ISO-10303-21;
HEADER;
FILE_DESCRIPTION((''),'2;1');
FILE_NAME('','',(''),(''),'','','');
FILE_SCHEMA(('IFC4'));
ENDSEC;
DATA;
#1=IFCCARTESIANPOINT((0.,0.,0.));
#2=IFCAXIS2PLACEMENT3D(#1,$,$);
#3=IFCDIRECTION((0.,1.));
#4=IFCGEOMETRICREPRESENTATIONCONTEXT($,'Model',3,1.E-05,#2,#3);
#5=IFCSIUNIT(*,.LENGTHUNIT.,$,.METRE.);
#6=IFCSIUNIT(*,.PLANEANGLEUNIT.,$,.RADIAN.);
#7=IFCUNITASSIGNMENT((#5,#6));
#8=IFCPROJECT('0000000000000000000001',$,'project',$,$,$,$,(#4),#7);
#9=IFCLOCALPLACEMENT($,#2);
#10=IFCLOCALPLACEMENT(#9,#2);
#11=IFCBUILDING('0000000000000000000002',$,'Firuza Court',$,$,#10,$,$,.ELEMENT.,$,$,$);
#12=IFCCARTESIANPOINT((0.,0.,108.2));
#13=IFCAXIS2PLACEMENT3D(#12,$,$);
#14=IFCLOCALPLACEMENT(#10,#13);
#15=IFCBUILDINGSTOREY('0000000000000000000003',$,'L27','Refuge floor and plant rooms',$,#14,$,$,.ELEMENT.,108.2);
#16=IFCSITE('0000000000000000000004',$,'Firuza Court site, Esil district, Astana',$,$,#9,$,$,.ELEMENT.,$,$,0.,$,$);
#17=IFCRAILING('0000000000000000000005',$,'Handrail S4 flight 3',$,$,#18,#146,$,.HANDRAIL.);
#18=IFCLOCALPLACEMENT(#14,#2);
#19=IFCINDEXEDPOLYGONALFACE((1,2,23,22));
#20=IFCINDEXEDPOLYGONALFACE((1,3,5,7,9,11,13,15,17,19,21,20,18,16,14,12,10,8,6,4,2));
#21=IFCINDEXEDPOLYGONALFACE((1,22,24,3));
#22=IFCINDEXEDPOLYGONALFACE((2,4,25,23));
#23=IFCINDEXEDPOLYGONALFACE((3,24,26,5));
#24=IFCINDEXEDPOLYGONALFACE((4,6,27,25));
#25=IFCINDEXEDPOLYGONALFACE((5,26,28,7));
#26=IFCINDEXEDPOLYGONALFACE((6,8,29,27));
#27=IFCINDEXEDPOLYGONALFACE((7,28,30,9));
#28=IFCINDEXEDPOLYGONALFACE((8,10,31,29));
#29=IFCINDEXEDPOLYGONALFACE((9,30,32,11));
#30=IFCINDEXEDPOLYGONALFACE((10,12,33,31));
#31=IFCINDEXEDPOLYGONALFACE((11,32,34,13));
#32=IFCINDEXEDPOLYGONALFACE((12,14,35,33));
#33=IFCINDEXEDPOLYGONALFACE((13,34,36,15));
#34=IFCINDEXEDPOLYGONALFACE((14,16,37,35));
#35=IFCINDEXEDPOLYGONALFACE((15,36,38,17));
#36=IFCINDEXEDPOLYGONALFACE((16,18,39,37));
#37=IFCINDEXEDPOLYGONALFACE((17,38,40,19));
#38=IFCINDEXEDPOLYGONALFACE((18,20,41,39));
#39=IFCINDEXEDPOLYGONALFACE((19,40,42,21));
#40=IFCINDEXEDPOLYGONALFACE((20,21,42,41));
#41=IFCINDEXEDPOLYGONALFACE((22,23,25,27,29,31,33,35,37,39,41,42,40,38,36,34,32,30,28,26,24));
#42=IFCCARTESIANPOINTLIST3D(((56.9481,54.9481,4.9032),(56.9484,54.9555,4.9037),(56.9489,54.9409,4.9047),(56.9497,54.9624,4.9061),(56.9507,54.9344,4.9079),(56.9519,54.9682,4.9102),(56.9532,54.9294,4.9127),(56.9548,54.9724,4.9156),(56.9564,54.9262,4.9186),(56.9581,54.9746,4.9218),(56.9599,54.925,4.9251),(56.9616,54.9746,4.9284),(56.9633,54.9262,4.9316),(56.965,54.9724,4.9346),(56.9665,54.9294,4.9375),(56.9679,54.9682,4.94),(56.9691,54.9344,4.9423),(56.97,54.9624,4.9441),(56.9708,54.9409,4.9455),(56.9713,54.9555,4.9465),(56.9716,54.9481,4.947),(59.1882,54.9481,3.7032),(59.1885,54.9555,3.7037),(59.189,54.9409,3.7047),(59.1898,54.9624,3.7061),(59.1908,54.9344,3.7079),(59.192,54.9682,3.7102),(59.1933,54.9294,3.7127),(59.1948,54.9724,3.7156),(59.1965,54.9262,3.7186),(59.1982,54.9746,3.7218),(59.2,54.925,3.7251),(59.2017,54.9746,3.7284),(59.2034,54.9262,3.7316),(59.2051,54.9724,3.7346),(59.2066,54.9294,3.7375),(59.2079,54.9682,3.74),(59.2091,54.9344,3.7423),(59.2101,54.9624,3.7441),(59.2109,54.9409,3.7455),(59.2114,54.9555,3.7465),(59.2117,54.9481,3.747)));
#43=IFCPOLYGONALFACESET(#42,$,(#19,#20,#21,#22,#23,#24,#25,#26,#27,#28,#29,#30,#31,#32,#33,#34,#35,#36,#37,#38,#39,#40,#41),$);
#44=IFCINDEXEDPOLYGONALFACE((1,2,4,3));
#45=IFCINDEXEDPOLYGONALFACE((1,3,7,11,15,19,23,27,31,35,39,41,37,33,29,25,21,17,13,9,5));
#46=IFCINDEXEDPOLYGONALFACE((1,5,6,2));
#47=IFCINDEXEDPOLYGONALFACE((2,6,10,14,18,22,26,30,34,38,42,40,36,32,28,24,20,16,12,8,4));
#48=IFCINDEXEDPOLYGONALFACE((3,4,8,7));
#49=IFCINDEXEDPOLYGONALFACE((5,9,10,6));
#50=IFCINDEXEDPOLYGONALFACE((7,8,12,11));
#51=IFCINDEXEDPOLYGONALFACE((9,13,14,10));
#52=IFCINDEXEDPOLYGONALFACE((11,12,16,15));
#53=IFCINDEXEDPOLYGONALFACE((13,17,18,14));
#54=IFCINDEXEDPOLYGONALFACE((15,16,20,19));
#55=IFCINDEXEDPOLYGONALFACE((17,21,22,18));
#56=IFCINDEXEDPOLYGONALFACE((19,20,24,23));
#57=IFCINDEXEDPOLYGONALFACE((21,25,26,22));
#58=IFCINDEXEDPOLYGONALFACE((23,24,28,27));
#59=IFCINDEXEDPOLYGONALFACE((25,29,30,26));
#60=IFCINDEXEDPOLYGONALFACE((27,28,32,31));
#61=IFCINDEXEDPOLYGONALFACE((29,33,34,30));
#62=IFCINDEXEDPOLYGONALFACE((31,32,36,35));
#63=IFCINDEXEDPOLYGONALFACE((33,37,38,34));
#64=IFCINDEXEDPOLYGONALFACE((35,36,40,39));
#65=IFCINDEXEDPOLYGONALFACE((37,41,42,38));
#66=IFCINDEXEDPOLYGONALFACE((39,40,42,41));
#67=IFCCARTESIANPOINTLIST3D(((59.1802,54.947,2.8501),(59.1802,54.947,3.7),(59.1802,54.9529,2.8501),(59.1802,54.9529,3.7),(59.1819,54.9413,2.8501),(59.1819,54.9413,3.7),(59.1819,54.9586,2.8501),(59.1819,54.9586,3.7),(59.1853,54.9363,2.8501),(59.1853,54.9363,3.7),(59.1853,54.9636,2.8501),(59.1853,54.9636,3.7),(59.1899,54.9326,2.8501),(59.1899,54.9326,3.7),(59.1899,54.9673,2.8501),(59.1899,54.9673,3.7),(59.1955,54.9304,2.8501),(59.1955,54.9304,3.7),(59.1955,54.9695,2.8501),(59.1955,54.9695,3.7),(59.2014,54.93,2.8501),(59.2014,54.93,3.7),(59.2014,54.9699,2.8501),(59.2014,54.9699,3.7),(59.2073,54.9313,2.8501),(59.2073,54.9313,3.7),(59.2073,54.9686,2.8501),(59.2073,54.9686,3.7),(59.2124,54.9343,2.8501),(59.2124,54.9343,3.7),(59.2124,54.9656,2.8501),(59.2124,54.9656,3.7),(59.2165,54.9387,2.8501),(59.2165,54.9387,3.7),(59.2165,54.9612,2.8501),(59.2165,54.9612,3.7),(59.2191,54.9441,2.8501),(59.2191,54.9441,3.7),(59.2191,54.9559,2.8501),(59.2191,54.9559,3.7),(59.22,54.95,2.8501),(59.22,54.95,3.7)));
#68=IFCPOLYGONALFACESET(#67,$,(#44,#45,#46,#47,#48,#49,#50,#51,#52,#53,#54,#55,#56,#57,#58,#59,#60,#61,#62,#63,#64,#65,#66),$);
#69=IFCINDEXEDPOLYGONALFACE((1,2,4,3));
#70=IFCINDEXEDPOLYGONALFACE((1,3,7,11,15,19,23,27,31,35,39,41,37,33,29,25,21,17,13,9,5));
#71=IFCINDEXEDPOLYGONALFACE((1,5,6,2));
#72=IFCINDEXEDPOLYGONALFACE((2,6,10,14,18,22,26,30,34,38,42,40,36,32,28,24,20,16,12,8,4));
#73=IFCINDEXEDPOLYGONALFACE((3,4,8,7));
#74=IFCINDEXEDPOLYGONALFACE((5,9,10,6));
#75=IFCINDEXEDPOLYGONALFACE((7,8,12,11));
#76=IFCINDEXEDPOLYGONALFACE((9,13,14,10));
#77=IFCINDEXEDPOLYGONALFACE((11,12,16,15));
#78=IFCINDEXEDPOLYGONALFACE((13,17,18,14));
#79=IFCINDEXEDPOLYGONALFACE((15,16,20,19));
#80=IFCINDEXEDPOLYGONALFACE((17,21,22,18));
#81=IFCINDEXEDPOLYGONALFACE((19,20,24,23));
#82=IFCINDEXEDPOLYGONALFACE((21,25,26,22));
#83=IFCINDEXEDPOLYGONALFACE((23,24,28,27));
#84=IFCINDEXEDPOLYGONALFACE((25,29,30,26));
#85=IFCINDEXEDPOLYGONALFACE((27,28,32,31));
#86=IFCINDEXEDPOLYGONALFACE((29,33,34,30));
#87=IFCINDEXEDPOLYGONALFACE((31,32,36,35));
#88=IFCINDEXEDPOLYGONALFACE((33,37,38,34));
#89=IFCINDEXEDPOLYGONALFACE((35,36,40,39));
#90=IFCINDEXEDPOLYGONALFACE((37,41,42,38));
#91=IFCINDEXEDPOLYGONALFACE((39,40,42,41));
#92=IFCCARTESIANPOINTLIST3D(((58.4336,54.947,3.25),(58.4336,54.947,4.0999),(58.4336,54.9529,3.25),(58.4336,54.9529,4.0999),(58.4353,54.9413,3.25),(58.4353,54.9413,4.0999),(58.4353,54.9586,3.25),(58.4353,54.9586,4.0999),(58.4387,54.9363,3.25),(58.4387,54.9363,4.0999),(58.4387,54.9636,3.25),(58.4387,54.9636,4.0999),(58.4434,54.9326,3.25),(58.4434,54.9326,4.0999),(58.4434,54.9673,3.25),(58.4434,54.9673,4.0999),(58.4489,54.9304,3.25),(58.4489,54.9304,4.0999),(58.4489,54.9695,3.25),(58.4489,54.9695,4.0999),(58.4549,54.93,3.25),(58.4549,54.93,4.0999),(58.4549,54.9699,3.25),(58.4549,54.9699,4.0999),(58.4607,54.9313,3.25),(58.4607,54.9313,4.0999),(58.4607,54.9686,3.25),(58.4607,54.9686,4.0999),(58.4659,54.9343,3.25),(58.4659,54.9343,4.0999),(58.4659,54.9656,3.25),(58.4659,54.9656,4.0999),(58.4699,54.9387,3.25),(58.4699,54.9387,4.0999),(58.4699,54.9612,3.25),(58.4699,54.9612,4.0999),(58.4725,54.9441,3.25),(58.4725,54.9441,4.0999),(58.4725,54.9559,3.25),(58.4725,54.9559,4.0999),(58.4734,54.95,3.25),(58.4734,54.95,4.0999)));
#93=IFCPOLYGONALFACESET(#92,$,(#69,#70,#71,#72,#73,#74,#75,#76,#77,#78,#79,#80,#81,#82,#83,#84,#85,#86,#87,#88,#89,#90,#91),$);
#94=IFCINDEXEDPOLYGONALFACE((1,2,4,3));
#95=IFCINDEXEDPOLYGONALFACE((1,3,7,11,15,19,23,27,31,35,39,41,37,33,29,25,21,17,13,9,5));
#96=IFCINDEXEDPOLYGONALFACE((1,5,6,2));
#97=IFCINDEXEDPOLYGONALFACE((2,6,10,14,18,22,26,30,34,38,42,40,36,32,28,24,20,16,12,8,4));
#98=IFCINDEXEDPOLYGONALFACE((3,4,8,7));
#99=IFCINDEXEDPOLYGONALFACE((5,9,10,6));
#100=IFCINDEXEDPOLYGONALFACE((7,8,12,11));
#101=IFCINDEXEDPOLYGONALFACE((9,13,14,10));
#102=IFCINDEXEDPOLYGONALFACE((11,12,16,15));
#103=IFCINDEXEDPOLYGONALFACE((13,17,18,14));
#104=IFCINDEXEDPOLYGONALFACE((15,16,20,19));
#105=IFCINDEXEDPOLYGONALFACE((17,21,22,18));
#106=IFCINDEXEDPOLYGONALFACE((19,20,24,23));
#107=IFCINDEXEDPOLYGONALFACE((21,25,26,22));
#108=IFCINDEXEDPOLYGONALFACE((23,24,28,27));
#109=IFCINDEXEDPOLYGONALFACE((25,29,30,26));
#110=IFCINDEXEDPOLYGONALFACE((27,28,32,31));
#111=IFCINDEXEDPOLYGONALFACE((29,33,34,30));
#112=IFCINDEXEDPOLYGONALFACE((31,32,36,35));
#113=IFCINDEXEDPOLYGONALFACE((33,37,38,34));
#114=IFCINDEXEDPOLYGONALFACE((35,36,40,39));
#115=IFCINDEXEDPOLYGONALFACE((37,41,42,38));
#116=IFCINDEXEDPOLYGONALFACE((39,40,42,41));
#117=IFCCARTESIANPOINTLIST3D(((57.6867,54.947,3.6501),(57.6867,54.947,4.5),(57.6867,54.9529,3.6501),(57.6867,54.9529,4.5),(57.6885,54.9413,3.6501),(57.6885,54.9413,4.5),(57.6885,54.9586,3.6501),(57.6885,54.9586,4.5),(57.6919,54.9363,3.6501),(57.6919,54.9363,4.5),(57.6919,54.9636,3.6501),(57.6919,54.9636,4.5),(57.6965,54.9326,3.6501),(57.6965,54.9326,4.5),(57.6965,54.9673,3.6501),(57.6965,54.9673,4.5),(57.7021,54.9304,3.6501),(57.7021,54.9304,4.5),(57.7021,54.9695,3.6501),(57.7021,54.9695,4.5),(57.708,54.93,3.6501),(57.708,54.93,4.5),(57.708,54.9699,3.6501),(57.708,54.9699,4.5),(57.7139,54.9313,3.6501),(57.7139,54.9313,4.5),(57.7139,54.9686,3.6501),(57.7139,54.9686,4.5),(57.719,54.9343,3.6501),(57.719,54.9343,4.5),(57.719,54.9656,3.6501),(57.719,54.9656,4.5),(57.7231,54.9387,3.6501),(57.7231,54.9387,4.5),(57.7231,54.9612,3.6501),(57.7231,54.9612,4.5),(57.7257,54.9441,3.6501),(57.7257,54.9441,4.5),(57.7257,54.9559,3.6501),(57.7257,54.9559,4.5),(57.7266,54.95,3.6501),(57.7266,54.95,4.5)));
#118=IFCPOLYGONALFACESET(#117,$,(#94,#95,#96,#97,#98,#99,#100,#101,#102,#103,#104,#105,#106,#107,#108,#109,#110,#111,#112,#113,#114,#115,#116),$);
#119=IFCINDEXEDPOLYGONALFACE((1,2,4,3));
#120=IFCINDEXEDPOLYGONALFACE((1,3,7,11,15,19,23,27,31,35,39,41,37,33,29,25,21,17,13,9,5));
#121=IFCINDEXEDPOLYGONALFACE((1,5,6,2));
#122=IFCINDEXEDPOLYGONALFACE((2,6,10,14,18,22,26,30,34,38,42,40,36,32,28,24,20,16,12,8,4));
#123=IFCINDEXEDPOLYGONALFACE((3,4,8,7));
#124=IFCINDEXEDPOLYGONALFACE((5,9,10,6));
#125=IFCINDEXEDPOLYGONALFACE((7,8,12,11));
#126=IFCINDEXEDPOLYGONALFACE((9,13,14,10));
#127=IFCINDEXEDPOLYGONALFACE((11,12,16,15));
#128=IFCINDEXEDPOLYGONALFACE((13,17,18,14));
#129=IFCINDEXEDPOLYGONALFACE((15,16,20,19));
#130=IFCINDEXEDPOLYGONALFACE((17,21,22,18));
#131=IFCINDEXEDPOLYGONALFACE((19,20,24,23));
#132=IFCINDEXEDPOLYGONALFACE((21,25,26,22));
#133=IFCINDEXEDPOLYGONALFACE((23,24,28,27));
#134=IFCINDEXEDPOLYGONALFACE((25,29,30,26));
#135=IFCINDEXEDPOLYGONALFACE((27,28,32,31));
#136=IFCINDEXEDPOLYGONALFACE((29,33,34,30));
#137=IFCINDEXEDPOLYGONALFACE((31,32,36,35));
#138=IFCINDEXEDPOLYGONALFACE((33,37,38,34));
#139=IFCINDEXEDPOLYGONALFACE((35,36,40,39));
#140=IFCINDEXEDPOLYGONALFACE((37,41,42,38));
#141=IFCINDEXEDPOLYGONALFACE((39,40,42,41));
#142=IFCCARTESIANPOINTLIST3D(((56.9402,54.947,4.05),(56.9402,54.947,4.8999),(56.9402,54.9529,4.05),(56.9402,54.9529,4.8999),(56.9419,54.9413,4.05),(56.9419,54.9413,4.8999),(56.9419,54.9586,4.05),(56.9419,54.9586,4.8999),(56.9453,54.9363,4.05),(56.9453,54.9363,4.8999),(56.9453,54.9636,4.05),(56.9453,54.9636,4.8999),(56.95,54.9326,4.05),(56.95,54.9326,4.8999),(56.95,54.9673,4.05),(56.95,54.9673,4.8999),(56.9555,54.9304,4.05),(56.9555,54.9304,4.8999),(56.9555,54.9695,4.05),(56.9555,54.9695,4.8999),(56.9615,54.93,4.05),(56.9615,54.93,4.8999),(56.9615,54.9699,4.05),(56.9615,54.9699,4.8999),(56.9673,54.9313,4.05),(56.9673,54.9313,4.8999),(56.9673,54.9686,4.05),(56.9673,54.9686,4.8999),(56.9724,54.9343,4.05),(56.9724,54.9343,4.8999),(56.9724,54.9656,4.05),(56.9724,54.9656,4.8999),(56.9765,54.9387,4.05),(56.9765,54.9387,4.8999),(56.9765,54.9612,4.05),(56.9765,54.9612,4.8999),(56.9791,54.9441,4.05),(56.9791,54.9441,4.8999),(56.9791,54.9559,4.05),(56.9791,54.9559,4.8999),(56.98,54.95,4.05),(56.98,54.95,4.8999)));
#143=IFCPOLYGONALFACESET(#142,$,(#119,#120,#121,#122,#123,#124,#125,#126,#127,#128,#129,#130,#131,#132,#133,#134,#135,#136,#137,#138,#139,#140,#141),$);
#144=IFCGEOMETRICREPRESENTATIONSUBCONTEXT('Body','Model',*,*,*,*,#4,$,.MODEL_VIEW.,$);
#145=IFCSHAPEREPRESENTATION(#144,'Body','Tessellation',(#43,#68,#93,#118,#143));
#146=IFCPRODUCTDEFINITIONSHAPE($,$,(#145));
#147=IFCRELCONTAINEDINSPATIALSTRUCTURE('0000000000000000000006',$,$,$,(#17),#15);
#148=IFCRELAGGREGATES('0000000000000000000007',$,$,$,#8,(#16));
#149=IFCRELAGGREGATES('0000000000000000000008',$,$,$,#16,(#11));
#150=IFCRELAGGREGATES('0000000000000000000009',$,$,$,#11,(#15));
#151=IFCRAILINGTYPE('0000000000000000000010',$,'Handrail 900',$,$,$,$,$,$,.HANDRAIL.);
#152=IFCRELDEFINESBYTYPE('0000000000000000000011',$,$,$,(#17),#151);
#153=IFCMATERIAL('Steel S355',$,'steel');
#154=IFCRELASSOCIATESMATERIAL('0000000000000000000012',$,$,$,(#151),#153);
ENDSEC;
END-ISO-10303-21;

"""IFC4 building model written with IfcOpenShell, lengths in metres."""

from ifc_helpers import new_model, si_unit, direction, frame, origin, origin_2d, place, context, subcontext, project, spatial, circle, extrude, material, type_object, element, save


model = new_model("IFC4")

# Units and contexts
model_context = context("Model", 3, precision=1e-05, world=origin(), true_north=direction((0.0, 1.0)))
body_context = subcontext(model_context, "Body", "Model", "MODEL_VIEW")
ifc_project = project(units=[si_unit("LENGTHUNIT", "METRE"), si_unit("PLANEANGLEUNIT", "RADIAN")], contexts=[model_context])

# Site, building, storey
site_placement = place(None, origin())
site = spatial("IfcSite", under=ifc_project, at=site_placement, Name="Firuza Court site, Esil district, Astana", CompositionType="ELEMENT", RefElevation=0.0)
building_placement = place(site_placement, origin())
building = spatial("IfcBuilding", under=site, at=building_placement, Name="Firuza Court", CompositionType="ELEMENT")
storey_placement = place(building_placement, frame((0.0, 0.0, 108.2)))
storey = spatial("IfcBuildingStorey", under=building, at=storey_placement, Name="L27", Description="Refuge floor and plant rooms", CompositionType="ELEMENT", Elevation=108.2)

# Railing
ifc_material_1 = material(Name="Steel S355", Category="steel")
railing_type_1 = type_object("IfcRailingType", Name="Handrail 900", PredefinedType="HANDRAIL", material=ifc_material_1)
for number, where, name in (
    (1, (59.2, 54.95, 2.8501), "Handrail S4 flight 3"),
):
    element("IfcRailing", number, at=place(storey_placement, frame(where)), inside=storey, type_object=railing_type_1, Name=name, PredefinedType="HANDRAIL", context=body_context, shape_type="SweptSolid", body=[
        extrude(circle(Radius=0.0249, at=origin_2d()), frame((0.0, 0.0, 0.875), z_axis=(-0.881487, 0.0, 0.472208), x_axis=(0.0, -1.0, 0.0)), (0.0, 0.0, 1.0), 2.5413),
        extrude(circle(Radius=0.02, at=origin_2d()), origin(), (0.0, 0.0, 1.0), 0.8499),
        extrude(circle(Radius=0.02, at=origin_2d()), frame((-0.7466, 0.0, 0.3999)), (0.0, 0.0, 1.0), 0.8499),
        extrude(circle(Radius=0.02, at=origin_2d()), frame((-1.4934, 0.0, 0.8)), (0.0, 0.0, 1.0), 0.8499),
        extrude(circle(Radius=0.02, at=origin_2d()), frame((-2.24, 0.0, 1.2)), (0.0, 0.0, 1.0), 0.8499),
    ])

save(model, "model.ifc")
